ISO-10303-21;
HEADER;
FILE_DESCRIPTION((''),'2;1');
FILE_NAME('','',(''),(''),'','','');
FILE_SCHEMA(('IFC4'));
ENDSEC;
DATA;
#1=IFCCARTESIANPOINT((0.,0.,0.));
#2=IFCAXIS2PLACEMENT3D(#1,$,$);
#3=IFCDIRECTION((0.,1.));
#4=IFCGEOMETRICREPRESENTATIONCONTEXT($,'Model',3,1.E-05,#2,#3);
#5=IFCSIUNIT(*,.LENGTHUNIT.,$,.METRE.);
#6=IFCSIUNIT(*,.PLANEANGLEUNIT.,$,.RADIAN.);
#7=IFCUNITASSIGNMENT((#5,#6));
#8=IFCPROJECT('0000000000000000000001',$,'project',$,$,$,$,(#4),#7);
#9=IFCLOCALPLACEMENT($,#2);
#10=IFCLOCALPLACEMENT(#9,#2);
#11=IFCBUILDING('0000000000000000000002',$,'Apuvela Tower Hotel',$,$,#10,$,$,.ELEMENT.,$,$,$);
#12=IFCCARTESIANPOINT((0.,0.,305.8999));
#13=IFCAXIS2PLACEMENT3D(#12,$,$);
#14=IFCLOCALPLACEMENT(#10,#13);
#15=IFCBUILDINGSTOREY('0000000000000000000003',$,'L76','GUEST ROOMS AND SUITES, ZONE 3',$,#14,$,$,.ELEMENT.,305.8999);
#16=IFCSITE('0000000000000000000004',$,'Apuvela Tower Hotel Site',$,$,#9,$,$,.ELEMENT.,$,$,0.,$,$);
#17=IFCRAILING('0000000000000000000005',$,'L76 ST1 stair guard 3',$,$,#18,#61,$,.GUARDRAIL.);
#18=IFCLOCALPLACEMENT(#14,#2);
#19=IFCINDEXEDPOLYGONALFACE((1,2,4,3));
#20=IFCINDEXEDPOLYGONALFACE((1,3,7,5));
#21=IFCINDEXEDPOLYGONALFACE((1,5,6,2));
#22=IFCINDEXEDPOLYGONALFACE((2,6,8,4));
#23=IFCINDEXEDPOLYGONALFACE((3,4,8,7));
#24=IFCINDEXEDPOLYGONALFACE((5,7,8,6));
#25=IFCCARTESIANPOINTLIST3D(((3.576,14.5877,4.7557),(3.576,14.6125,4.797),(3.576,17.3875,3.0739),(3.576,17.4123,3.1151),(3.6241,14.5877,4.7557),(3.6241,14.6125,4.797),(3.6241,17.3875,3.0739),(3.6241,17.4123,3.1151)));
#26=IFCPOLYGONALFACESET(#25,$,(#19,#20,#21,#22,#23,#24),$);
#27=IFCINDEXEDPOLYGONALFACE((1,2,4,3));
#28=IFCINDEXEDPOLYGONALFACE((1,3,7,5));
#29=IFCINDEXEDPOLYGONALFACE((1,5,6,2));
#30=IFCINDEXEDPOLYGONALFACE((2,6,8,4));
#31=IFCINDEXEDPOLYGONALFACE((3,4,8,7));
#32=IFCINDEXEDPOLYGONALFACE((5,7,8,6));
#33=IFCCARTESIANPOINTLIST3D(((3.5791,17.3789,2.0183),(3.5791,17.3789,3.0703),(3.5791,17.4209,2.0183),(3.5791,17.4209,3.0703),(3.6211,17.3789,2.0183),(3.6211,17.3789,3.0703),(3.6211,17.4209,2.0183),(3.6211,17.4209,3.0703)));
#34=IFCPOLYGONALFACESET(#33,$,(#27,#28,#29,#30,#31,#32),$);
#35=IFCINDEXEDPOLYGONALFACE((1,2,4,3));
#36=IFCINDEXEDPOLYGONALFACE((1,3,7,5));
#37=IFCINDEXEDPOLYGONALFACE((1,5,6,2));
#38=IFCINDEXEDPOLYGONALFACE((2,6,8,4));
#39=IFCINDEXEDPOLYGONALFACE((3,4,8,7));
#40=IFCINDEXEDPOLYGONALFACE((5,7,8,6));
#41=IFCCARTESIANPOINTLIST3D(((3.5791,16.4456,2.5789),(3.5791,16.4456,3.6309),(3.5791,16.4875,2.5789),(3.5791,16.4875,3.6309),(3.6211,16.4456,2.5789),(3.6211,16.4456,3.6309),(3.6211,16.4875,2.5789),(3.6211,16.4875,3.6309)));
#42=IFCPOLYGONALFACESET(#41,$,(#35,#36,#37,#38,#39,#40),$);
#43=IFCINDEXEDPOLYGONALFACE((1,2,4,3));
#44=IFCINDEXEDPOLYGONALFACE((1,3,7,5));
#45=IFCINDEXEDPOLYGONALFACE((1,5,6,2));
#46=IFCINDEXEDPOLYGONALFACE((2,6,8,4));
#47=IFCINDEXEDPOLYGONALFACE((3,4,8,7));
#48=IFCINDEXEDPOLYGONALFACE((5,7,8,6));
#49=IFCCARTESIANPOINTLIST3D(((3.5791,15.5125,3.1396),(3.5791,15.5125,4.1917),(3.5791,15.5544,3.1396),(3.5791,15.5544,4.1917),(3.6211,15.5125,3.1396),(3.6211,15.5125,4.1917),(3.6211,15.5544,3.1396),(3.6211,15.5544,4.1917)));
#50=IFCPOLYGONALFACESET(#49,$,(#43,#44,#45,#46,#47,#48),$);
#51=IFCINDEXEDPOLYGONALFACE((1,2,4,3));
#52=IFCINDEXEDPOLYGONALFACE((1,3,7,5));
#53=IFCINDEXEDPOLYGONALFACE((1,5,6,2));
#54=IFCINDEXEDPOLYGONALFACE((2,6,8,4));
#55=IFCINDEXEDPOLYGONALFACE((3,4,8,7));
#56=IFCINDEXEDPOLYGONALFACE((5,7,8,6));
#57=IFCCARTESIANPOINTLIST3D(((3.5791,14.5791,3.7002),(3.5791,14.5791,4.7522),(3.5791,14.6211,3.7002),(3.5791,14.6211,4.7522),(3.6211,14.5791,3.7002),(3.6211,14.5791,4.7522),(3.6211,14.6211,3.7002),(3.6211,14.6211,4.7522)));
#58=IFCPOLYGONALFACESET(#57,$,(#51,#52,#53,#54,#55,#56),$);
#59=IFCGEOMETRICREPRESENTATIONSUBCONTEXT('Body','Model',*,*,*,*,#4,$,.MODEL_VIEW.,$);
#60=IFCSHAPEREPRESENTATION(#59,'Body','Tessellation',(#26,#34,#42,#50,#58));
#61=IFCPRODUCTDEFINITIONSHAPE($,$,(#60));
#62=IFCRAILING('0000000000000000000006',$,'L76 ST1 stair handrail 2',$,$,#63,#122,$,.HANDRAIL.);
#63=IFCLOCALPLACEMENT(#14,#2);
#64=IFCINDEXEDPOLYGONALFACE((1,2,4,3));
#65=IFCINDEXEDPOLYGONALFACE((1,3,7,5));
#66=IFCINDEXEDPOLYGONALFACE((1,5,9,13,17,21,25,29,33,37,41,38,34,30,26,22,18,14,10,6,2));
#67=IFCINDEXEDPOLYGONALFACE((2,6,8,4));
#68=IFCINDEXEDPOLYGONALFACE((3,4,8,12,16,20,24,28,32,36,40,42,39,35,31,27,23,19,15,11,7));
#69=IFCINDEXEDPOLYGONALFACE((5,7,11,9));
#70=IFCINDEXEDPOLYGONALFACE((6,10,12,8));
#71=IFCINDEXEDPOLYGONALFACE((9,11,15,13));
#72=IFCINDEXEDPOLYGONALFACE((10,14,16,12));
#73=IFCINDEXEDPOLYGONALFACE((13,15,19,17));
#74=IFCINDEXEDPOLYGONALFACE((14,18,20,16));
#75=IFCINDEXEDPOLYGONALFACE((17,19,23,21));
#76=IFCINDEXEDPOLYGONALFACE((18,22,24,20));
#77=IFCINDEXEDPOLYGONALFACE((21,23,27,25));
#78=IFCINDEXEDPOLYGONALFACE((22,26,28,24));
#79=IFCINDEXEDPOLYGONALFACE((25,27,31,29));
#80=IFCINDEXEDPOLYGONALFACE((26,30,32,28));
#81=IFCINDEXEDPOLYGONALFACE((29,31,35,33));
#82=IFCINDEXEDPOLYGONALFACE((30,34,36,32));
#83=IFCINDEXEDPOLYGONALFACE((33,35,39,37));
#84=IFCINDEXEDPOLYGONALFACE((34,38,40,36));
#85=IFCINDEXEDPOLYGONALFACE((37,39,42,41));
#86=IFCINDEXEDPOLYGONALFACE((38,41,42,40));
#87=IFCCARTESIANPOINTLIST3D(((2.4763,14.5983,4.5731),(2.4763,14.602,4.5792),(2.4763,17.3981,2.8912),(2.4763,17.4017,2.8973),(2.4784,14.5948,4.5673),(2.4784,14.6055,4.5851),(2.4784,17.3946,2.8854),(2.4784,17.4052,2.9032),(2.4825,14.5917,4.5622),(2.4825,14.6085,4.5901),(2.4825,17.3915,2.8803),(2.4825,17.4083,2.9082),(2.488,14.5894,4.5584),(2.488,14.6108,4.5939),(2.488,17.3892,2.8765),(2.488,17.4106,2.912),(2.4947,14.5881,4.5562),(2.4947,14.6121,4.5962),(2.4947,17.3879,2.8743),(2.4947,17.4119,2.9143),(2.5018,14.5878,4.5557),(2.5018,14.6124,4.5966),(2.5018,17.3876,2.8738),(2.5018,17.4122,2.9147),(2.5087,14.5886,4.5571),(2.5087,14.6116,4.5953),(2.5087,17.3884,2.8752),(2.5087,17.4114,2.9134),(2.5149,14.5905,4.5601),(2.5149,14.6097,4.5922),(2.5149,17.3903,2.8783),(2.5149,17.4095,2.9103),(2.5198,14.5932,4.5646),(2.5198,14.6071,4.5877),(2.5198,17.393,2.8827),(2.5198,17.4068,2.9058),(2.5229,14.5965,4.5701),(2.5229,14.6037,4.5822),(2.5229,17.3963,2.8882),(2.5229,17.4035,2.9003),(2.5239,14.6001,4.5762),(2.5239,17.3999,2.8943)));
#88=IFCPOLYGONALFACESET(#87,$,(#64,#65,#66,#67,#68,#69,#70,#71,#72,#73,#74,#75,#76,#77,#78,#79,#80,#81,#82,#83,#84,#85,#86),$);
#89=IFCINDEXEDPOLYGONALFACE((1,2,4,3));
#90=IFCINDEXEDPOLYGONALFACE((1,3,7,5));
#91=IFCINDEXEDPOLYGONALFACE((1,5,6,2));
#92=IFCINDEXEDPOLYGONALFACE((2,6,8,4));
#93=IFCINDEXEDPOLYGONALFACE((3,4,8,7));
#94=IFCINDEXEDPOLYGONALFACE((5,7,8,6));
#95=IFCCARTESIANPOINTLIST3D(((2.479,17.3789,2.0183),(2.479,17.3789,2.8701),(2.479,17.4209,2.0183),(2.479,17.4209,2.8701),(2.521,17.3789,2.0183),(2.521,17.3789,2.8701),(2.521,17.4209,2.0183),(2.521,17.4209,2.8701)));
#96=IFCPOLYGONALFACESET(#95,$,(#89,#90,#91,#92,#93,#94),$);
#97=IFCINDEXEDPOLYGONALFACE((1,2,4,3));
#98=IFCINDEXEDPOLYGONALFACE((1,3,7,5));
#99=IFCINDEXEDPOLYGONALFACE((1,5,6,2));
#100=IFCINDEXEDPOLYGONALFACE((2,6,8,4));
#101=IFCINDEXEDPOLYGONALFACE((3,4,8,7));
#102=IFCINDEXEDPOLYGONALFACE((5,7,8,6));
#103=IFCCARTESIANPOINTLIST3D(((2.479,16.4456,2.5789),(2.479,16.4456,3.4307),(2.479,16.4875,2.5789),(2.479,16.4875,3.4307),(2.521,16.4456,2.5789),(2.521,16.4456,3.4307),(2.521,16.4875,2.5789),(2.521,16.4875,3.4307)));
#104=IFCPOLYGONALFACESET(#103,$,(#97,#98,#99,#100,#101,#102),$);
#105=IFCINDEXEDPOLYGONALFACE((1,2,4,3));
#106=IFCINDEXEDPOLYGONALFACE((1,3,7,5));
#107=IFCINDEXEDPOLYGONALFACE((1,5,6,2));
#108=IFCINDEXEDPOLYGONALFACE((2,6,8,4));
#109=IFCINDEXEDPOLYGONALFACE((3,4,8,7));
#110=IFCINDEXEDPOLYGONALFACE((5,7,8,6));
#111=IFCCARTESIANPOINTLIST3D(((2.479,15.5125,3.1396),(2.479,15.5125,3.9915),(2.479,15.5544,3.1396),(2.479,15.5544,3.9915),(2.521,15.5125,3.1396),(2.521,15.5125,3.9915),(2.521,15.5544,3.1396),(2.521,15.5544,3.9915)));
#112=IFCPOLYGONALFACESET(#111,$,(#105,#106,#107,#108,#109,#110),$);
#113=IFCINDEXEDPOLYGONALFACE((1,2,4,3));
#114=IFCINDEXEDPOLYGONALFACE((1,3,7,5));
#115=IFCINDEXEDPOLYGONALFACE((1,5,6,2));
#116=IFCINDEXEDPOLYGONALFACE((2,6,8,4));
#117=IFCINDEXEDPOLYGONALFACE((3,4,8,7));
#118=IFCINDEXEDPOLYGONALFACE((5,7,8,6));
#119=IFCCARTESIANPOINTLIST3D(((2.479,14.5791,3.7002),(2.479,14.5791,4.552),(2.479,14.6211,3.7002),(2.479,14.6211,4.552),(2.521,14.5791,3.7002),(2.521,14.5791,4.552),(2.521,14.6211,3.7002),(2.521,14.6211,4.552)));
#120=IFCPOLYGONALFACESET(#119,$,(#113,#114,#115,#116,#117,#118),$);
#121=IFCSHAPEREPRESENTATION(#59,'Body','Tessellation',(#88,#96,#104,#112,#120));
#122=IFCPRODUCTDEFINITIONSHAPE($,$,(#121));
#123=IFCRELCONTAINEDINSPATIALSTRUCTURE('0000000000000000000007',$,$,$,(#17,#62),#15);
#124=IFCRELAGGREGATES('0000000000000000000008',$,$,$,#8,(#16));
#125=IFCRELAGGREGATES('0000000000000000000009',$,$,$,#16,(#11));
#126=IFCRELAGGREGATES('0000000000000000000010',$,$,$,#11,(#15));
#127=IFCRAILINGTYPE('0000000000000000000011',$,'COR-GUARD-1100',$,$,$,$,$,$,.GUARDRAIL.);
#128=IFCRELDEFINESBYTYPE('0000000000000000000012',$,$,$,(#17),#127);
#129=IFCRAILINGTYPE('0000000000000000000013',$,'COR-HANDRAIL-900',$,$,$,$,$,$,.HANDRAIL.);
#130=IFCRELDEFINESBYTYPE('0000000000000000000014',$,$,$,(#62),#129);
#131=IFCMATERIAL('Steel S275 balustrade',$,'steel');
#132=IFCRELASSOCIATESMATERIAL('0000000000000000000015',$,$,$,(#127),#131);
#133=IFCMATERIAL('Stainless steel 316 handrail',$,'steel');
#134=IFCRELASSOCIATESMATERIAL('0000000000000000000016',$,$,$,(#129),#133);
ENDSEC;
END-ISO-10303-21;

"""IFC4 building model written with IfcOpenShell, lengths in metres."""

from ifc_helpers import new_model, si_unit, direction, frame, origin, origin_2d, place, context, subcontext, project, spatial, rectangle, circle, extrude, material, type_object, element, save


model = new_model("IFC4")

# Units and contexts
model_context = context("Model", 3, precision=1e-05, world=origin(), true_north=direction((0.0, 1.0)))
body_context = subcontext(model_context, "Body", "Model", "MODEL_VIEW")
ifc_project = project(units=[si_unit("LENGTHUNIT", "METRE"), si_unit("PLANEANGLEUNIT", "RADIAN")], contexts=[model_context])

# Site, building, storey
site_placement = place(None, origin())
site = spatial("IfcSite", under=ifc_project, at=site_placement, Name="Apuvela Tower Hotel Site", CompositionType="ELEMENT", RefElevation=0.0)
building_placement = place(site_placement, origin())
building = spatial("IfcBuilding", under=site, at=building_placement, Name="Apuvela Tower Hotel", CompositionType="ELEMENT")
storey_placement = place(building_placement, frame((0.0, 0.0, 305.8999)))
storey = spatial("IfcBuildingStorey", under=building, at=storey_placement, Name="L76", Description="GUEST ROOMS AND SUITES, ZONE 3", CompositionType="ELEMENT", Elevation=305.8999)

# Railings
ifc_material_1 = material(Name="Steel S275 balustrade", Category="steel")
railing_type_1 = type_object("IfcRailingType", Name="COR-GUARD-1100", PredefinedType="GUARDRAIL", material=ifc_material_1)
railing_1_placement = place(storey_placement, frame((3.6001, 17.3999, 2.0183)))
element("IfcRailing", 1, at=railing_1_placement, inside=storey, type_object=railing_type_1, Name="L76 ST1 stair guard 3", PredefinedType="GUARDRAIL", context=body_context, shape_type="SweptSolid", body=[
    extrude(rectangle(XDim=0.0481, YDim=0.0481, at=origin_2d()), frame((0.0, 0.0, 1.0762), z_axis=(0.0, -0.857222, 0.514946), x_axis=(1.0, 0.0, 0.0)), (0.0, 0.0, 1.0), 3.2661),
    extrude(rectangle(XDim=0.042, YDim=0.042, at=origin_2d()), origin(), (0.0, 0.0, 1.0), 1.052),
    extrude(rectangle(XDim=0.042, YDim=0.042, at=origin_2d()), frame((0.0, -0.9333, 0.5605)), (0.0, 0.0, 1.0), 1.052),
    extrude(rectangle(XDim=0.042, YDim=0.042, at=origin_2d()), frame((0.0, -1.8665, 1.1213)), (0.0, 0.0, 1.0), 1.052),
    extrude(rectangle(XDim=0.042, YDim=0.042, at=origin_2d()), frame((0.0, -2.7998, 1.6819)), (0.0, 0.0, 1.0), 1.052),
])
ifc_material_2 = material(Name="Stainless steel 316 handrail", Category="steel")
railing_type_2 = type_object("IfcRailingType", Name="COR-HANDRAIL-900", PredefinedType="HANDRAIL", material=ifc_material_2)
railing_2_placement = place(storey_placement, frame((2.5, 17.3999, 2.0183)))
element("IfcRailing", 2, at=railing_2_placement, inside=storey, type_object=railing_type_2, Name="L76 ST1 stair handrail 2", PredefinedType="HANDRAIL", context=body_context, shape_type="SweptSolid", body=[
    extrude(circle(Radius=0.0239, at=origin_2d()), frame((0.0, 0.0, 0.876), z_axis=(0.0, -0.857222, 0.514946), x_axis=(1.0, 0.0, 0.0)), (0.0, 0.0, 1.0), 3.2661),
    extrude(rectangle(XDim=0.042, YDim=0.042, at=origin_2d()), origin(), (0.0, 0.0, 1.0), 0.8518),
    extrude(rectangle(XDim=0.042, YDim=0.042, at=origin_2d()), frame((0.0, -0.9333, 0.5605)), (0.0, 0.0, 1.0), 0.8518),
    extrude(rectangle(XDim=0.042, YDim=0.042, at=origin_2d()), frame((0.0, -1.8665, 1.1213)), (0.0, 0.0, 1.0), 0.8518),
    extrude(rectangle(XDim=0.042, YDim=0.042, at=origin_2d()), frame((0.0, -2.7998, 1.6819)), (0.0, 0.0, 1.0), 0.8518),
])

save(model, "model.ifc")
